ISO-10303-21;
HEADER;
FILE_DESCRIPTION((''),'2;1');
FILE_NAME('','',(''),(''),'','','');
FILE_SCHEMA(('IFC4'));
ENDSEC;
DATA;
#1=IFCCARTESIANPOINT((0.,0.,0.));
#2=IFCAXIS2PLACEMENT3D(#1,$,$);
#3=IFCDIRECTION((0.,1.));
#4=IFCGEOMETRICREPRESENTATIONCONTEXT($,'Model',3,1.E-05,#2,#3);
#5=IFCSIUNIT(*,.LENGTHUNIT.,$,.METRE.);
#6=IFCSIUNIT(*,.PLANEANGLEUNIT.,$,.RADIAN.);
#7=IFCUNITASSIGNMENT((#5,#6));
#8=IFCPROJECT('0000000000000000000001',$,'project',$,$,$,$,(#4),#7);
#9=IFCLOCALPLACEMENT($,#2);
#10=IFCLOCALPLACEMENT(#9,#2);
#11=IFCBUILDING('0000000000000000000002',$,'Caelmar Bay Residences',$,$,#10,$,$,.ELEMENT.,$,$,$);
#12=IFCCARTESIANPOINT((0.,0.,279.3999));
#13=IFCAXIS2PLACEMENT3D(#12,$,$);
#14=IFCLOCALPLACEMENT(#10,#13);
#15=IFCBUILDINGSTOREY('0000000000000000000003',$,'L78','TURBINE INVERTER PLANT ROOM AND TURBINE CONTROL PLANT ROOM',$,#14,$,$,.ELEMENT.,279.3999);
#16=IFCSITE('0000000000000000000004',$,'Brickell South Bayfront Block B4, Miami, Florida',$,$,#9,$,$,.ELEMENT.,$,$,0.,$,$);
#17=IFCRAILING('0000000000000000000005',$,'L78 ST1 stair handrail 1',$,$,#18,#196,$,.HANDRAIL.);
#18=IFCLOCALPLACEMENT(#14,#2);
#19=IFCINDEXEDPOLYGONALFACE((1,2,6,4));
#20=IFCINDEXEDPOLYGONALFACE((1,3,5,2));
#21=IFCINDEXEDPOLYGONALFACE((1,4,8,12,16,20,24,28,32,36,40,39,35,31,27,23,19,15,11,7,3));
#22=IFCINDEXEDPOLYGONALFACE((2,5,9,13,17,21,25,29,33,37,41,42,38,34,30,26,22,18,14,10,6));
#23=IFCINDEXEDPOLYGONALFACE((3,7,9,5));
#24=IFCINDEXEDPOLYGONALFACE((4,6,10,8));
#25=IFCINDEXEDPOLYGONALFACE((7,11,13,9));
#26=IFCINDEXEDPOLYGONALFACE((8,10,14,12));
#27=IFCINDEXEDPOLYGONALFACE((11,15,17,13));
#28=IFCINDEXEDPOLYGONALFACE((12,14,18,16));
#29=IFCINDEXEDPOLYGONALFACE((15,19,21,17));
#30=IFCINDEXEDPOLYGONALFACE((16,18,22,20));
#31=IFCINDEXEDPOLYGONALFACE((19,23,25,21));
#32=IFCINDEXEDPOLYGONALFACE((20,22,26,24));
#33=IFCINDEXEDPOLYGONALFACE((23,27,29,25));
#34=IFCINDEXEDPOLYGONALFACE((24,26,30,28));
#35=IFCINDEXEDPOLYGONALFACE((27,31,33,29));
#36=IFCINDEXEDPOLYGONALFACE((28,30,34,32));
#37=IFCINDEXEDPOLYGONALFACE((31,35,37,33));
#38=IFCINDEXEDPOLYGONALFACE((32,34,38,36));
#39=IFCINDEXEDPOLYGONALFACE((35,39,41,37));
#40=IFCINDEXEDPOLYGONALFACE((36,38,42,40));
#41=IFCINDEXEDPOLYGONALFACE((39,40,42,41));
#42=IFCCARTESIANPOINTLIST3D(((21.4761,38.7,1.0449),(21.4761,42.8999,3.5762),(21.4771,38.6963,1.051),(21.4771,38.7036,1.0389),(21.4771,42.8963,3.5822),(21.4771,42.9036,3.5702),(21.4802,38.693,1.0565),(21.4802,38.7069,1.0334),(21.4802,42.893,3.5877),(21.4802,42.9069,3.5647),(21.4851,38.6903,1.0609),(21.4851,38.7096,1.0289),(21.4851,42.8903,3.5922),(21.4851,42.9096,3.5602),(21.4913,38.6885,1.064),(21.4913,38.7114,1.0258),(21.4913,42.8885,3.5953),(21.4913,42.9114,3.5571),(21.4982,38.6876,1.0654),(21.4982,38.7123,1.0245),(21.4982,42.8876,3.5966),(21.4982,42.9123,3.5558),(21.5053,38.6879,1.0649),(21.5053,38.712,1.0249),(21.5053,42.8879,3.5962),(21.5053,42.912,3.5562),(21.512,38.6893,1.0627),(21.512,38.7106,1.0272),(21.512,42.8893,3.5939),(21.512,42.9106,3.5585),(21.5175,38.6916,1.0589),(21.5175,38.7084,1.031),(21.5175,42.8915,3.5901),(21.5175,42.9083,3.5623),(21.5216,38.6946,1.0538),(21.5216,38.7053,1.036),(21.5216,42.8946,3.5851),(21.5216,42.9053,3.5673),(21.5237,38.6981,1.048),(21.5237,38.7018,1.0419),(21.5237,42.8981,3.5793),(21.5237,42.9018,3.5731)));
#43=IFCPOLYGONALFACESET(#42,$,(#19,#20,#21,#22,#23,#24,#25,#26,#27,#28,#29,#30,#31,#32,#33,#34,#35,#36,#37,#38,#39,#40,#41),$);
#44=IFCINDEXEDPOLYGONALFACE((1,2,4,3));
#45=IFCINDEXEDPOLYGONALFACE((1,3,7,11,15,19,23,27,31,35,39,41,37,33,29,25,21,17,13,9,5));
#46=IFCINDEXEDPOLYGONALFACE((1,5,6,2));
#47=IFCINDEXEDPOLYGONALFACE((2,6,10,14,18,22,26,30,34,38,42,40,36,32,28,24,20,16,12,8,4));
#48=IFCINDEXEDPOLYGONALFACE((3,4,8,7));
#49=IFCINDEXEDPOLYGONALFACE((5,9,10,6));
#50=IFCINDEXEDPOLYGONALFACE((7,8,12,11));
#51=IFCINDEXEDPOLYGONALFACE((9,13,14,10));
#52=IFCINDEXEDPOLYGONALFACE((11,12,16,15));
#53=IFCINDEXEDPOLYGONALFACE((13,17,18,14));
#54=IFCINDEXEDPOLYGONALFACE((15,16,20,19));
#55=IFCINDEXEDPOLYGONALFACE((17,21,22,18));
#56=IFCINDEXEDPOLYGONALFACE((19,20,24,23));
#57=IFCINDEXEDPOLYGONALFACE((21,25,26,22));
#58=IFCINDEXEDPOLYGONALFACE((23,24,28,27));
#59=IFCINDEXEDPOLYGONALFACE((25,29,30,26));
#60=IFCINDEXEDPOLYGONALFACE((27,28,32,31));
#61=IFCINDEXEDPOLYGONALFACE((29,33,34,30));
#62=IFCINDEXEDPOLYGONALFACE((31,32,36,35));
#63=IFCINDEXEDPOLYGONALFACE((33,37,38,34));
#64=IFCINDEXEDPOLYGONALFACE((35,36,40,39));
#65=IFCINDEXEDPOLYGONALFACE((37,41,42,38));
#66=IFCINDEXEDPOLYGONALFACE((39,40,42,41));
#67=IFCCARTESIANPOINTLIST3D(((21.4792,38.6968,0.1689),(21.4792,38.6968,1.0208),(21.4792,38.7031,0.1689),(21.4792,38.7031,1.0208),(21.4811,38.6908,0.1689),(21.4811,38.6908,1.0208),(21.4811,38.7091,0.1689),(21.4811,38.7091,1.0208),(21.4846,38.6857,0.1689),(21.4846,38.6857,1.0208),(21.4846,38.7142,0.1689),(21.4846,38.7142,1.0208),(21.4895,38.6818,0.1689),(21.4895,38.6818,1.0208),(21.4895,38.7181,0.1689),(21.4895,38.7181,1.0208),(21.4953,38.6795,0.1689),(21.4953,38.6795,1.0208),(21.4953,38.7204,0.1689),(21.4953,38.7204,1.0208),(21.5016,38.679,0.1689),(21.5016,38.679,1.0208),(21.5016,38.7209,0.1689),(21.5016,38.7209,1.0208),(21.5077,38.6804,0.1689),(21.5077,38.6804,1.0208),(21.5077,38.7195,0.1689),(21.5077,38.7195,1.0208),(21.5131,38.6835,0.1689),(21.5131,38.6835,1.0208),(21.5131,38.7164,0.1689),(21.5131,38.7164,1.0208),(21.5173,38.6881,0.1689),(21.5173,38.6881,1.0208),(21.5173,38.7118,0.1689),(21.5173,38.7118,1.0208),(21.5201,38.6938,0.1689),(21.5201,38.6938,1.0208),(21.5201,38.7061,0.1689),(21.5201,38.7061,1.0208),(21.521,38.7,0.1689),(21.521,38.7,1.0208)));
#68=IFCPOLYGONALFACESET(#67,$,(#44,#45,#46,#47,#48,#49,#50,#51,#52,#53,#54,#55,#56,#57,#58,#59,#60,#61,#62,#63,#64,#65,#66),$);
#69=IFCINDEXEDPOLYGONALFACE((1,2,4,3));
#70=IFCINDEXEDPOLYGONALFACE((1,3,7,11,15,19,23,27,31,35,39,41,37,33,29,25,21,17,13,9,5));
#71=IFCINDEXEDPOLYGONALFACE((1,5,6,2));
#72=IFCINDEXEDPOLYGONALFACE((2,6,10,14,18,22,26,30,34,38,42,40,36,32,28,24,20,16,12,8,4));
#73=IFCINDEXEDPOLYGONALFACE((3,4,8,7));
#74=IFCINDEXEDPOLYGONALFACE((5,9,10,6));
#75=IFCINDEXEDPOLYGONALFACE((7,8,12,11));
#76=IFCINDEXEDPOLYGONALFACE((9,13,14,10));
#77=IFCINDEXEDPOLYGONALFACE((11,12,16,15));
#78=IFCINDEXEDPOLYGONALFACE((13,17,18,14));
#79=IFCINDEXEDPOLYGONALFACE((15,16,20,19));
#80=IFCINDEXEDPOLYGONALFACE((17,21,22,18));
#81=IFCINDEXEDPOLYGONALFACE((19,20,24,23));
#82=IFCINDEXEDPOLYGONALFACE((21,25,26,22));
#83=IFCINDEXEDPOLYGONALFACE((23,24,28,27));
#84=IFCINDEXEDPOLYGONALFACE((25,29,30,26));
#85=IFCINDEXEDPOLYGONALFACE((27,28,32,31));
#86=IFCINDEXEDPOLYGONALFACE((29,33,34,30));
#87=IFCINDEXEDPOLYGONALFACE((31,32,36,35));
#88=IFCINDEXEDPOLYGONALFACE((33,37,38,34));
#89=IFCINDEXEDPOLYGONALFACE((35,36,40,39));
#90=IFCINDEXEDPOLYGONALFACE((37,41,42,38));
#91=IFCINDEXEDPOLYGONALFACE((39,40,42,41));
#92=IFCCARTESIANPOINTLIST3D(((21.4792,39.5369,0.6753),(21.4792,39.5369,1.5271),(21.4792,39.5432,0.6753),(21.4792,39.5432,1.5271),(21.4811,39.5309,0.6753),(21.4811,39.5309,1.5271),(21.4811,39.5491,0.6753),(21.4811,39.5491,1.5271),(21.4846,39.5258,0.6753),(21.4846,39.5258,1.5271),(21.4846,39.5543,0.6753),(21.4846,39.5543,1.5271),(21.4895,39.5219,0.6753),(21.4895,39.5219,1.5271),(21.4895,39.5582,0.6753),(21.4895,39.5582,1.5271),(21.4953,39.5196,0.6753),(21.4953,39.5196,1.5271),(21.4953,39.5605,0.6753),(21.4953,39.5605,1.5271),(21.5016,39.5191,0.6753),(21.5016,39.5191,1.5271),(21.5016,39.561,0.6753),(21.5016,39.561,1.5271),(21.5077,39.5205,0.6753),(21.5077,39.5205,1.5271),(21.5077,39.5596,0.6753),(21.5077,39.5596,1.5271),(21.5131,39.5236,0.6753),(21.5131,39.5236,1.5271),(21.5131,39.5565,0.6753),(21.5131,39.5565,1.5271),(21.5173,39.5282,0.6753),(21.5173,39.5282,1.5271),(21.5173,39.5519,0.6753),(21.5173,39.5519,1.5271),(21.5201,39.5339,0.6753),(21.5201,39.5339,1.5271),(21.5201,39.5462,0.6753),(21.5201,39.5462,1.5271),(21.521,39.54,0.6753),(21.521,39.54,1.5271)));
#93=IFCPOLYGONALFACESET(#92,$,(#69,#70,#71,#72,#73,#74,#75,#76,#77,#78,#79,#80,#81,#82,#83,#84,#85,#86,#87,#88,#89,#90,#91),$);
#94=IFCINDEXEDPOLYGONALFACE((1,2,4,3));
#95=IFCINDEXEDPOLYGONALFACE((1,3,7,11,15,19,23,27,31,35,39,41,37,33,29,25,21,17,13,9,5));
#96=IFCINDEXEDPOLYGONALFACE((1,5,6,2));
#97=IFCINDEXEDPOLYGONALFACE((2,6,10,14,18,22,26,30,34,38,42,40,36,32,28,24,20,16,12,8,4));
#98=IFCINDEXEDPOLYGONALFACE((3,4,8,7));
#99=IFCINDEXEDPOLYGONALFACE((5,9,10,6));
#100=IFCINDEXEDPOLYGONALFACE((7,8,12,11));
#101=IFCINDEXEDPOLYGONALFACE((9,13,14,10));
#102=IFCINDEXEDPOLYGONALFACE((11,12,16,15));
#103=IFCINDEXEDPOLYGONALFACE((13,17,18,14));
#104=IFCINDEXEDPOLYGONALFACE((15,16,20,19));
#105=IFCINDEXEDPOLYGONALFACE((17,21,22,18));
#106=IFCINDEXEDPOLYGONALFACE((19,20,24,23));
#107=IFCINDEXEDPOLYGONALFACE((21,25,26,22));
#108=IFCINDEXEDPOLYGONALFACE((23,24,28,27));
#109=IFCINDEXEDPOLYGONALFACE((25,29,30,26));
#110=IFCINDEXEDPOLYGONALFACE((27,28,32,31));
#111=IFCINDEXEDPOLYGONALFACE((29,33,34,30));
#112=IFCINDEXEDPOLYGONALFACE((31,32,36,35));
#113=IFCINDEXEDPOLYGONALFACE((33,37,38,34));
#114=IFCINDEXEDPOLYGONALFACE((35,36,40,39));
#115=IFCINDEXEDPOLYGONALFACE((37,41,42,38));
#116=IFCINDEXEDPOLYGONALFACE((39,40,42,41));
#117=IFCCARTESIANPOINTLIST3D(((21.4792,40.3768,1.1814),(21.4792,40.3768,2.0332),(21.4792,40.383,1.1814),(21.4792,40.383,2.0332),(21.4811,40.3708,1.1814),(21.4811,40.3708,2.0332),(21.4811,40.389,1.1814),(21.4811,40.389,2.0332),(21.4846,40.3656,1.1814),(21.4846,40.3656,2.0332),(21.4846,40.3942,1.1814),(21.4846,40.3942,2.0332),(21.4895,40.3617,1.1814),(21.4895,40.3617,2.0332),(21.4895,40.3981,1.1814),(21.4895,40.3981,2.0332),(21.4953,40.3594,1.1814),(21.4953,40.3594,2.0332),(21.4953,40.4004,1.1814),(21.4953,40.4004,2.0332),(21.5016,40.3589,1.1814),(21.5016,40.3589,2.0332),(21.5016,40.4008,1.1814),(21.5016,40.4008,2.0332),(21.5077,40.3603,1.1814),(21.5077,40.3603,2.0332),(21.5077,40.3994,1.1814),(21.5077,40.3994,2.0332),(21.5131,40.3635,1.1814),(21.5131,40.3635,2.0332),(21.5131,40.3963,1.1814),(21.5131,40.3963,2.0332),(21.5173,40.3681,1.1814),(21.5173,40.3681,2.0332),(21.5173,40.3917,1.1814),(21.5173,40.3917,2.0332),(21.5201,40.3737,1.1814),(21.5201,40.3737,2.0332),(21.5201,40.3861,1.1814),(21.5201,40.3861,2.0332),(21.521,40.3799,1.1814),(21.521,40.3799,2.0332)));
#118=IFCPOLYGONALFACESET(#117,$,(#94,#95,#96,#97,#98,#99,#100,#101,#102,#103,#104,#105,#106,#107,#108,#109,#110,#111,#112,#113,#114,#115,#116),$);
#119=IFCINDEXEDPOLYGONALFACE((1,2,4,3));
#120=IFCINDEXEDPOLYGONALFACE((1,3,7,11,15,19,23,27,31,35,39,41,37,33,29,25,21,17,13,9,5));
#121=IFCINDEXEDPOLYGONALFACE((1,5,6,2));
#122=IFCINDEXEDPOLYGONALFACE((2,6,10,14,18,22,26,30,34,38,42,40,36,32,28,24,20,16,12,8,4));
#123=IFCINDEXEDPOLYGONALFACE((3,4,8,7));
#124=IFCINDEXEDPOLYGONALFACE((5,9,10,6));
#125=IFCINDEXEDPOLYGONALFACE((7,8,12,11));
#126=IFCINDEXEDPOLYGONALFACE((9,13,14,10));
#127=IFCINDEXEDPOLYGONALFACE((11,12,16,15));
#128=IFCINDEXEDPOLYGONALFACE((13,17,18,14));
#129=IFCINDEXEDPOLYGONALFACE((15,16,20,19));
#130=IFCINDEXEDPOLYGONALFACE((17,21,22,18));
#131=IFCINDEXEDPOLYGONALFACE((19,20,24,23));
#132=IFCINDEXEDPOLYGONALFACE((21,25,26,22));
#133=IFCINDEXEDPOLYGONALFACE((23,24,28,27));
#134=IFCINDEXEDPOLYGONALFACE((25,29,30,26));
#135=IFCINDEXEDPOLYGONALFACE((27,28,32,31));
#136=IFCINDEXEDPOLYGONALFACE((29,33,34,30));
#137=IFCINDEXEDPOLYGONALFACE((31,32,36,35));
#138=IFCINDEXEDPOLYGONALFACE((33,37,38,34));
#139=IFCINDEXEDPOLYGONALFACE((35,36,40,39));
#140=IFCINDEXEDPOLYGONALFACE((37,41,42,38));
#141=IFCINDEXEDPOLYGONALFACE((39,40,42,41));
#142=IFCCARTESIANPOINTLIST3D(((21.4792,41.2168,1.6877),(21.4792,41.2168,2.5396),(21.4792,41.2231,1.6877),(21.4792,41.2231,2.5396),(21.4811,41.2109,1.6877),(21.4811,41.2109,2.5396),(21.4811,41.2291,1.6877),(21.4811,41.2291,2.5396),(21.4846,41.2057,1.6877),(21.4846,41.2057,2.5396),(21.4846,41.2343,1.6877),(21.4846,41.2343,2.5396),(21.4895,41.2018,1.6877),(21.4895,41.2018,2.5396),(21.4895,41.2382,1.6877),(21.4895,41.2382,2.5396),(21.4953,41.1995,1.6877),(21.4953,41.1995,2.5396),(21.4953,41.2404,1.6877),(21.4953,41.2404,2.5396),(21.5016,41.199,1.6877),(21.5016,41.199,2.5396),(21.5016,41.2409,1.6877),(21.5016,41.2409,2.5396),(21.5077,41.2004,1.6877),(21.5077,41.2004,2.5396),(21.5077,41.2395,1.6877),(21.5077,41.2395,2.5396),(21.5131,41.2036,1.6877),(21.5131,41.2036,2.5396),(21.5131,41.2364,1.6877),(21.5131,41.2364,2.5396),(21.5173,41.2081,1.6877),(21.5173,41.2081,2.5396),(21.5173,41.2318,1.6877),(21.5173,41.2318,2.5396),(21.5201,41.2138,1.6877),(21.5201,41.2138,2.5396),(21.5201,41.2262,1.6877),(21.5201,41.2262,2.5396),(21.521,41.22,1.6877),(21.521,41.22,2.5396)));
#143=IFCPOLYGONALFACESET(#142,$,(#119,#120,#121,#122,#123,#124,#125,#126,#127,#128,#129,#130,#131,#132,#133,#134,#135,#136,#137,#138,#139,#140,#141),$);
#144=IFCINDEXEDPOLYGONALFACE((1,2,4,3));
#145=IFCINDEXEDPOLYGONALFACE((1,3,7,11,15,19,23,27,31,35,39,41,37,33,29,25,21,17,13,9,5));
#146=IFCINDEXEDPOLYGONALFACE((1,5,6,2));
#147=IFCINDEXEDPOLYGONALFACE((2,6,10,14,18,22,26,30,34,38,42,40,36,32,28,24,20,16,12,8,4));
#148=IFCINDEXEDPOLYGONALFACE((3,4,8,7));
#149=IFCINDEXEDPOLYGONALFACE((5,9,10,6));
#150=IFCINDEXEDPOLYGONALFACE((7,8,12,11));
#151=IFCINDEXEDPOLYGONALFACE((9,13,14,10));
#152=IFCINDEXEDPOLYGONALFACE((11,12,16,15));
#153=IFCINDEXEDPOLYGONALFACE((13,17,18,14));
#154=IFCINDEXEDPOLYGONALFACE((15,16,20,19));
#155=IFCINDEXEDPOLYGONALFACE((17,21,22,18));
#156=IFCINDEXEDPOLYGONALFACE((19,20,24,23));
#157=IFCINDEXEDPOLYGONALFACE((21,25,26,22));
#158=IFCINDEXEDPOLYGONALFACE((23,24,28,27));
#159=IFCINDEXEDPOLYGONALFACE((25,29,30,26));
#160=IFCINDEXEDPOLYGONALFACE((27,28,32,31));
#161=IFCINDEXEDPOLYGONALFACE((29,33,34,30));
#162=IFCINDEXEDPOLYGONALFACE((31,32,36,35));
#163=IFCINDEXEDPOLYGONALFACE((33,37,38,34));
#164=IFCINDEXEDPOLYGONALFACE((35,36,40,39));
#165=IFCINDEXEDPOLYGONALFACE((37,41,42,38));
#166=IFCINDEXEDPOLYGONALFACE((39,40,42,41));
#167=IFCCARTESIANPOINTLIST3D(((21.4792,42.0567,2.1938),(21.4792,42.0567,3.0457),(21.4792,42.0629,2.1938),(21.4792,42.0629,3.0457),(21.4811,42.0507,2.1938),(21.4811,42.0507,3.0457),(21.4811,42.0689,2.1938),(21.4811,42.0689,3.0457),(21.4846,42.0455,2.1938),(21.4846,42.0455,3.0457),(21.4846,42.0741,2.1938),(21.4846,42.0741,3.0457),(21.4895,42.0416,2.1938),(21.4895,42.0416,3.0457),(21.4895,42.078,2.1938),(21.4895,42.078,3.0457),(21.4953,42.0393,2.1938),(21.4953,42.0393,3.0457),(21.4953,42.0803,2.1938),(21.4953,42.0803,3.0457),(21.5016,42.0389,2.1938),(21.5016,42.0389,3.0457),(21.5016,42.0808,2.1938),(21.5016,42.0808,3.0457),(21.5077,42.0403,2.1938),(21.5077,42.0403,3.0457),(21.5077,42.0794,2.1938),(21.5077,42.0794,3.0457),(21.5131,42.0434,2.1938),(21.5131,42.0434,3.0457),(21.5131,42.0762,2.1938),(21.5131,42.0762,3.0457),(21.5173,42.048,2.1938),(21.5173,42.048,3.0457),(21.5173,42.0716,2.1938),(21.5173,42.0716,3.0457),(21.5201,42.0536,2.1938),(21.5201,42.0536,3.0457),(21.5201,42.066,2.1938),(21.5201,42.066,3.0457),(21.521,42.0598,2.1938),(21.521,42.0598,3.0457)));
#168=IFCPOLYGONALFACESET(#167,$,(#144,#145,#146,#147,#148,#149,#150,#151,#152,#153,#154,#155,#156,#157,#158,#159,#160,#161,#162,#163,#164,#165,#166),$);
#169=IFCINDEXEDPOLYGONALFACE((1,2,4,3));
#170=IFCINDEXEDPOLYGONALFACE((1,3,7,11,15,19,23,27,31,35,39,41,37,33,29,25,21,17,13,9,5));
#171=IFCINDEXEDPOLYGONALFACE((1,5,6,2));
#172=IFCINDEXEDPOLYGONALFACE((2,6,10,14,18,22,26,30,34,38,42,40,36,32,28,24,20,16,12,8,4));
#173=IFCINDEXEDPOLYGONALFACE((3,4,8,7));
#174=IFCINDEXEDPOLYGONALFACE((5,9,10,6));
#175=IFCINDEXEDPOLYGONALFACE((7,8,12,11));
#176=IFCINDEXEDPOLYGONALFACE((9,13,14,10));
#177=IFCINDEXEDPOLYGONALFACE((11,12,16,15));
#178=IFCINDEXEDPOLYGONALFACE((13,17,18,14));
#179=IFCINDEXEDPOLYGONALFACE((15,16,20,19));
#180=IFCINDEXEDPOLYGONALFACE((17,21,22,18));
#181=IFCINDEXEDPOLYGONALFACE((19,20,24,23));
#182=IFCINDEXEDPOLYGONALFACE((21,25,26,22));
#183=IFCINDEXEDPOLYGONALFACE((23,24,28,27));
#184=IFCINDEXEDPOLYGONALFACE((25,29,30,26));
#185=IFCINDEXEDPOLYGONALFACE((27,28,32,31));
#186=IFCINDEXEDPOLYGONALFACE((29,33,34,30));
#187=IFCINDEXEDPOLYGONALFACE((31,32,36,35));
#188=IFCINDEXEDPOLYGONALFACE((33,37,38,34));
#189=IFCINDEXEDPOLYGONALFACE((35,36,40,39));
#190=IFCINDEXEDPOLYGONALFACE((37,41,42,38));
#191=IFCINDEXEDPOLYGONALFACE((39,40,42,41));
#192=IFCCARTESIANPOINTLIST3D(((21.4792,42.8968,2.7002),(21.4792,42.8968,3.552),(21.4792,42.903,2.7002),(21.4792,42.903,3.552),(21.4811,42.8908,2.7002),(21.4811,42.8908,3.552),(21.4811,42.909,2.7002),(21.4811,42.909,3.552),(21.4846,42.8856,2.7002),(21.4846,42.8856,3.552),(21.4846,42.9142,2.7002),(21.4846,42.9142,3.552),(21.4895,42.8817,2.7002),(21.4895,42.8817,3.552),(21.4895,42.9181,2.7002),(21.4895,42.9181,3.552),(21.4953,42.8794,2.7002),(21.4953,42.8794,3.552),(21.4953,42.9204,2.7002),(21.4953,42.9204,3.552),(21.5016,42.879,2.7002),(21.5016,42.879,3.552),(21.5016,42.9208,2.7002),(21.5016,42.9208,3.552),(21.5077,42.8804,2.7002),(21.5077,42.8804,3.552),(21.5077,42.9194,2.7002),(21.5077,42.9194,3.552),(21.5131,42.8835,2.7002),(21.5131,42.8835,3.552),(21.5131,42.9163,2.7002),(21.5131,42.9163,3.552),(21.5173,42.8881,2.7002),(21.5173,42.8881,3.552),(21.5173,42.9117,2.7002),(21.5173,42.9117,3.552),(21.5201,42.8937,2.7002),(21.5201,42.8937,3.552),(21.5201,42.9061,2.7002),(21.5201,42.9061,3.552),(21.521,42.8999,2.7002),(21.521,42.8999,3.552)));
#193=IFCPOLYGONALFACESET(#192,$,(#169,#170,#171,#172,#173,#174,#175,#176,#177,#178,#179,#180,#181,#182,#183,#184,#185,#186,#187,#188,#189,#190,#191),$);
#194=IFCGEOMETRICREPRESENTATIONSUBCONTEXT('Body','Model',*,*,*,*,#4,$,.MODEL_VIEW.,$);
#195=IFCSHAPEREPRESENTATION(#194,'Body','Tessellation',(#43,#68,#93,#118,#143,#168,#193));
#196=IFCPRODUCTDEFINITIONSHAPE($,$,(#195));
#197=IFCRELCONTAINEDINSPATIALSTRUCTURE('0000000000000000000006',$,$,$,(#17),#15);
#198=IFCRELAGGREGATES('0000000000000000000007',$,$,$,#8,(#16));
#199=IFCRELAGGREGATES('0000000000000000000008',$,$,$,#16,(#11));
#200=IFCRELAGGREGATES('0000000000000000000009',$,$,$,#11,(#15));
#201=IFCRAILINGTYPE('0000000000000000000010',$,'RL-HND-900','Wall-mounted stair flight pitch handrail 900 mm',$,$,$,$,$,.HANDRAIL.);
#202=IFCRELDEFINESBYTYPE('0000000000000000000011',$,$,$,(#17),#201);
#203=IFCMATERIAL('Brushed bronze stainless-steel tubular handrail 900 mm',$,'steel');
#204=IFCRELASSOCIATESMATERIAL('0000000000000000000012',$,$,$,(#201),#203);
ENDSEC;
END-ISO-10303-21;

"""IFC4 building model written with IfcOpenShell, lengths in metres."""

from ifc_helpers import new_model, si_unit, direction, frame, origin, origin_2d, place, context, subcontext, project, spatial, circle, extrude, material, type_object, element, save


model = new_model("IFC4")

# Units and contexts
model_context = context("Model", 3, precision=1e-05, world=origin(), true_north=direction((0.0, 1.0)))
body_context = subcontext(model_context, "Body", "Model", "MODEL_VIEW")
ifc_project = project(units=[si_unit("LENGTHUNIT", "METRE"), si_unit("PLANEANGLEUNIT", "RADIAN")], contexts=[model_context])

# Site, building, storey
site_placement = place(None, origin())
site = spatial("IfcSite", under=ifc_project, at=site_placement, Name="Brickell South Bayfront Block B4, Miami, Florida", CompositionType="ELEMENT", RefElevation=0.0)
building_placement = place(site_placement, origin())
building = spatial("IfcBuilding", under=site, at=building_placement, Name="Caelmar Bay Residences", CompositionType="ELEMENT")
storey_placement = place(building_placement, frame((0.0, 0.0, 279.3999)))
storey = spatial("IfcBuildingStorey", under=building, at=storey_placement, Name="L78", Description="TURBINE INVERTER PLANT ROOM AND TURBINE CONTROL PLANT ROOM", CompositionType="ELEMENT", Elevation=279.3999)

# Railing
ifc_material_1 = material(Name="Brushed bronze stainless-steel tubular handrail 900 mm", Category="steel")
railing_type_1 = type_object("IfcRailingType", Name="RL-HND-900", Description="Wall-mounted stair flight pitch handrail 900 mm", PredefinedType="HANDRAIL", material=ifc_material_1)
railing_1_placement = place(storey_placement, frame((21.5, 38.7, 0.1689)))
element("IfcRailing", 1, at=railing_1_placement, inside=storey, type_object=railing_type_1, Name="L78 ST1 stair handrail 1", PredefinedType="HANDRAIL", context=body_context, shape_type="SweptSolid", body=[
    extrude(circle(Radius=0.0239, at=origin_2d()), frame((0.0, 0.0, 0.876), z_axis=(0.0, 0.856476, 0.516186), x_axis=(-1.0, 0.0, 0.0)), (0.0, 0.0, 1.0), 4.9038),
    extrude(circle(Radius=0.021, at=origin_2d()), origin(), (0.0, 0.0, 1.0), 0.8518),
    extrude(circle(Radius=0.021, at=origin_2d()), frame((0.0, 0.8401, 0.5063)), (0.0, 0.0, 1.0), 0.8518),
    extrude(circle(Radius=0.021, at=origin_2d()), frame((0.0, 1.6799, 1.0125)), (0.0, 0.0, 1.0), 0.8518),
    extrude(circle(Radius=0.021, at=origin_2d()), frame((0.0, 2.52, 1.5188)), (0.0, 0.0, 1.0), 0.8518),
    extrude(circle(Radius=0.021, at=origin_2d()), frame((0.0, 3.3599, 2.0249)), (0.0, 0.0, 1.0), 0.8518),
    extrude(circle(Radius=0.021, at=origin_2d()), frame((0.0, 4.2, 2.5312)), (0.0, 0.0, 1.0), 0.8518),
])

save(model, "model.ifc")
